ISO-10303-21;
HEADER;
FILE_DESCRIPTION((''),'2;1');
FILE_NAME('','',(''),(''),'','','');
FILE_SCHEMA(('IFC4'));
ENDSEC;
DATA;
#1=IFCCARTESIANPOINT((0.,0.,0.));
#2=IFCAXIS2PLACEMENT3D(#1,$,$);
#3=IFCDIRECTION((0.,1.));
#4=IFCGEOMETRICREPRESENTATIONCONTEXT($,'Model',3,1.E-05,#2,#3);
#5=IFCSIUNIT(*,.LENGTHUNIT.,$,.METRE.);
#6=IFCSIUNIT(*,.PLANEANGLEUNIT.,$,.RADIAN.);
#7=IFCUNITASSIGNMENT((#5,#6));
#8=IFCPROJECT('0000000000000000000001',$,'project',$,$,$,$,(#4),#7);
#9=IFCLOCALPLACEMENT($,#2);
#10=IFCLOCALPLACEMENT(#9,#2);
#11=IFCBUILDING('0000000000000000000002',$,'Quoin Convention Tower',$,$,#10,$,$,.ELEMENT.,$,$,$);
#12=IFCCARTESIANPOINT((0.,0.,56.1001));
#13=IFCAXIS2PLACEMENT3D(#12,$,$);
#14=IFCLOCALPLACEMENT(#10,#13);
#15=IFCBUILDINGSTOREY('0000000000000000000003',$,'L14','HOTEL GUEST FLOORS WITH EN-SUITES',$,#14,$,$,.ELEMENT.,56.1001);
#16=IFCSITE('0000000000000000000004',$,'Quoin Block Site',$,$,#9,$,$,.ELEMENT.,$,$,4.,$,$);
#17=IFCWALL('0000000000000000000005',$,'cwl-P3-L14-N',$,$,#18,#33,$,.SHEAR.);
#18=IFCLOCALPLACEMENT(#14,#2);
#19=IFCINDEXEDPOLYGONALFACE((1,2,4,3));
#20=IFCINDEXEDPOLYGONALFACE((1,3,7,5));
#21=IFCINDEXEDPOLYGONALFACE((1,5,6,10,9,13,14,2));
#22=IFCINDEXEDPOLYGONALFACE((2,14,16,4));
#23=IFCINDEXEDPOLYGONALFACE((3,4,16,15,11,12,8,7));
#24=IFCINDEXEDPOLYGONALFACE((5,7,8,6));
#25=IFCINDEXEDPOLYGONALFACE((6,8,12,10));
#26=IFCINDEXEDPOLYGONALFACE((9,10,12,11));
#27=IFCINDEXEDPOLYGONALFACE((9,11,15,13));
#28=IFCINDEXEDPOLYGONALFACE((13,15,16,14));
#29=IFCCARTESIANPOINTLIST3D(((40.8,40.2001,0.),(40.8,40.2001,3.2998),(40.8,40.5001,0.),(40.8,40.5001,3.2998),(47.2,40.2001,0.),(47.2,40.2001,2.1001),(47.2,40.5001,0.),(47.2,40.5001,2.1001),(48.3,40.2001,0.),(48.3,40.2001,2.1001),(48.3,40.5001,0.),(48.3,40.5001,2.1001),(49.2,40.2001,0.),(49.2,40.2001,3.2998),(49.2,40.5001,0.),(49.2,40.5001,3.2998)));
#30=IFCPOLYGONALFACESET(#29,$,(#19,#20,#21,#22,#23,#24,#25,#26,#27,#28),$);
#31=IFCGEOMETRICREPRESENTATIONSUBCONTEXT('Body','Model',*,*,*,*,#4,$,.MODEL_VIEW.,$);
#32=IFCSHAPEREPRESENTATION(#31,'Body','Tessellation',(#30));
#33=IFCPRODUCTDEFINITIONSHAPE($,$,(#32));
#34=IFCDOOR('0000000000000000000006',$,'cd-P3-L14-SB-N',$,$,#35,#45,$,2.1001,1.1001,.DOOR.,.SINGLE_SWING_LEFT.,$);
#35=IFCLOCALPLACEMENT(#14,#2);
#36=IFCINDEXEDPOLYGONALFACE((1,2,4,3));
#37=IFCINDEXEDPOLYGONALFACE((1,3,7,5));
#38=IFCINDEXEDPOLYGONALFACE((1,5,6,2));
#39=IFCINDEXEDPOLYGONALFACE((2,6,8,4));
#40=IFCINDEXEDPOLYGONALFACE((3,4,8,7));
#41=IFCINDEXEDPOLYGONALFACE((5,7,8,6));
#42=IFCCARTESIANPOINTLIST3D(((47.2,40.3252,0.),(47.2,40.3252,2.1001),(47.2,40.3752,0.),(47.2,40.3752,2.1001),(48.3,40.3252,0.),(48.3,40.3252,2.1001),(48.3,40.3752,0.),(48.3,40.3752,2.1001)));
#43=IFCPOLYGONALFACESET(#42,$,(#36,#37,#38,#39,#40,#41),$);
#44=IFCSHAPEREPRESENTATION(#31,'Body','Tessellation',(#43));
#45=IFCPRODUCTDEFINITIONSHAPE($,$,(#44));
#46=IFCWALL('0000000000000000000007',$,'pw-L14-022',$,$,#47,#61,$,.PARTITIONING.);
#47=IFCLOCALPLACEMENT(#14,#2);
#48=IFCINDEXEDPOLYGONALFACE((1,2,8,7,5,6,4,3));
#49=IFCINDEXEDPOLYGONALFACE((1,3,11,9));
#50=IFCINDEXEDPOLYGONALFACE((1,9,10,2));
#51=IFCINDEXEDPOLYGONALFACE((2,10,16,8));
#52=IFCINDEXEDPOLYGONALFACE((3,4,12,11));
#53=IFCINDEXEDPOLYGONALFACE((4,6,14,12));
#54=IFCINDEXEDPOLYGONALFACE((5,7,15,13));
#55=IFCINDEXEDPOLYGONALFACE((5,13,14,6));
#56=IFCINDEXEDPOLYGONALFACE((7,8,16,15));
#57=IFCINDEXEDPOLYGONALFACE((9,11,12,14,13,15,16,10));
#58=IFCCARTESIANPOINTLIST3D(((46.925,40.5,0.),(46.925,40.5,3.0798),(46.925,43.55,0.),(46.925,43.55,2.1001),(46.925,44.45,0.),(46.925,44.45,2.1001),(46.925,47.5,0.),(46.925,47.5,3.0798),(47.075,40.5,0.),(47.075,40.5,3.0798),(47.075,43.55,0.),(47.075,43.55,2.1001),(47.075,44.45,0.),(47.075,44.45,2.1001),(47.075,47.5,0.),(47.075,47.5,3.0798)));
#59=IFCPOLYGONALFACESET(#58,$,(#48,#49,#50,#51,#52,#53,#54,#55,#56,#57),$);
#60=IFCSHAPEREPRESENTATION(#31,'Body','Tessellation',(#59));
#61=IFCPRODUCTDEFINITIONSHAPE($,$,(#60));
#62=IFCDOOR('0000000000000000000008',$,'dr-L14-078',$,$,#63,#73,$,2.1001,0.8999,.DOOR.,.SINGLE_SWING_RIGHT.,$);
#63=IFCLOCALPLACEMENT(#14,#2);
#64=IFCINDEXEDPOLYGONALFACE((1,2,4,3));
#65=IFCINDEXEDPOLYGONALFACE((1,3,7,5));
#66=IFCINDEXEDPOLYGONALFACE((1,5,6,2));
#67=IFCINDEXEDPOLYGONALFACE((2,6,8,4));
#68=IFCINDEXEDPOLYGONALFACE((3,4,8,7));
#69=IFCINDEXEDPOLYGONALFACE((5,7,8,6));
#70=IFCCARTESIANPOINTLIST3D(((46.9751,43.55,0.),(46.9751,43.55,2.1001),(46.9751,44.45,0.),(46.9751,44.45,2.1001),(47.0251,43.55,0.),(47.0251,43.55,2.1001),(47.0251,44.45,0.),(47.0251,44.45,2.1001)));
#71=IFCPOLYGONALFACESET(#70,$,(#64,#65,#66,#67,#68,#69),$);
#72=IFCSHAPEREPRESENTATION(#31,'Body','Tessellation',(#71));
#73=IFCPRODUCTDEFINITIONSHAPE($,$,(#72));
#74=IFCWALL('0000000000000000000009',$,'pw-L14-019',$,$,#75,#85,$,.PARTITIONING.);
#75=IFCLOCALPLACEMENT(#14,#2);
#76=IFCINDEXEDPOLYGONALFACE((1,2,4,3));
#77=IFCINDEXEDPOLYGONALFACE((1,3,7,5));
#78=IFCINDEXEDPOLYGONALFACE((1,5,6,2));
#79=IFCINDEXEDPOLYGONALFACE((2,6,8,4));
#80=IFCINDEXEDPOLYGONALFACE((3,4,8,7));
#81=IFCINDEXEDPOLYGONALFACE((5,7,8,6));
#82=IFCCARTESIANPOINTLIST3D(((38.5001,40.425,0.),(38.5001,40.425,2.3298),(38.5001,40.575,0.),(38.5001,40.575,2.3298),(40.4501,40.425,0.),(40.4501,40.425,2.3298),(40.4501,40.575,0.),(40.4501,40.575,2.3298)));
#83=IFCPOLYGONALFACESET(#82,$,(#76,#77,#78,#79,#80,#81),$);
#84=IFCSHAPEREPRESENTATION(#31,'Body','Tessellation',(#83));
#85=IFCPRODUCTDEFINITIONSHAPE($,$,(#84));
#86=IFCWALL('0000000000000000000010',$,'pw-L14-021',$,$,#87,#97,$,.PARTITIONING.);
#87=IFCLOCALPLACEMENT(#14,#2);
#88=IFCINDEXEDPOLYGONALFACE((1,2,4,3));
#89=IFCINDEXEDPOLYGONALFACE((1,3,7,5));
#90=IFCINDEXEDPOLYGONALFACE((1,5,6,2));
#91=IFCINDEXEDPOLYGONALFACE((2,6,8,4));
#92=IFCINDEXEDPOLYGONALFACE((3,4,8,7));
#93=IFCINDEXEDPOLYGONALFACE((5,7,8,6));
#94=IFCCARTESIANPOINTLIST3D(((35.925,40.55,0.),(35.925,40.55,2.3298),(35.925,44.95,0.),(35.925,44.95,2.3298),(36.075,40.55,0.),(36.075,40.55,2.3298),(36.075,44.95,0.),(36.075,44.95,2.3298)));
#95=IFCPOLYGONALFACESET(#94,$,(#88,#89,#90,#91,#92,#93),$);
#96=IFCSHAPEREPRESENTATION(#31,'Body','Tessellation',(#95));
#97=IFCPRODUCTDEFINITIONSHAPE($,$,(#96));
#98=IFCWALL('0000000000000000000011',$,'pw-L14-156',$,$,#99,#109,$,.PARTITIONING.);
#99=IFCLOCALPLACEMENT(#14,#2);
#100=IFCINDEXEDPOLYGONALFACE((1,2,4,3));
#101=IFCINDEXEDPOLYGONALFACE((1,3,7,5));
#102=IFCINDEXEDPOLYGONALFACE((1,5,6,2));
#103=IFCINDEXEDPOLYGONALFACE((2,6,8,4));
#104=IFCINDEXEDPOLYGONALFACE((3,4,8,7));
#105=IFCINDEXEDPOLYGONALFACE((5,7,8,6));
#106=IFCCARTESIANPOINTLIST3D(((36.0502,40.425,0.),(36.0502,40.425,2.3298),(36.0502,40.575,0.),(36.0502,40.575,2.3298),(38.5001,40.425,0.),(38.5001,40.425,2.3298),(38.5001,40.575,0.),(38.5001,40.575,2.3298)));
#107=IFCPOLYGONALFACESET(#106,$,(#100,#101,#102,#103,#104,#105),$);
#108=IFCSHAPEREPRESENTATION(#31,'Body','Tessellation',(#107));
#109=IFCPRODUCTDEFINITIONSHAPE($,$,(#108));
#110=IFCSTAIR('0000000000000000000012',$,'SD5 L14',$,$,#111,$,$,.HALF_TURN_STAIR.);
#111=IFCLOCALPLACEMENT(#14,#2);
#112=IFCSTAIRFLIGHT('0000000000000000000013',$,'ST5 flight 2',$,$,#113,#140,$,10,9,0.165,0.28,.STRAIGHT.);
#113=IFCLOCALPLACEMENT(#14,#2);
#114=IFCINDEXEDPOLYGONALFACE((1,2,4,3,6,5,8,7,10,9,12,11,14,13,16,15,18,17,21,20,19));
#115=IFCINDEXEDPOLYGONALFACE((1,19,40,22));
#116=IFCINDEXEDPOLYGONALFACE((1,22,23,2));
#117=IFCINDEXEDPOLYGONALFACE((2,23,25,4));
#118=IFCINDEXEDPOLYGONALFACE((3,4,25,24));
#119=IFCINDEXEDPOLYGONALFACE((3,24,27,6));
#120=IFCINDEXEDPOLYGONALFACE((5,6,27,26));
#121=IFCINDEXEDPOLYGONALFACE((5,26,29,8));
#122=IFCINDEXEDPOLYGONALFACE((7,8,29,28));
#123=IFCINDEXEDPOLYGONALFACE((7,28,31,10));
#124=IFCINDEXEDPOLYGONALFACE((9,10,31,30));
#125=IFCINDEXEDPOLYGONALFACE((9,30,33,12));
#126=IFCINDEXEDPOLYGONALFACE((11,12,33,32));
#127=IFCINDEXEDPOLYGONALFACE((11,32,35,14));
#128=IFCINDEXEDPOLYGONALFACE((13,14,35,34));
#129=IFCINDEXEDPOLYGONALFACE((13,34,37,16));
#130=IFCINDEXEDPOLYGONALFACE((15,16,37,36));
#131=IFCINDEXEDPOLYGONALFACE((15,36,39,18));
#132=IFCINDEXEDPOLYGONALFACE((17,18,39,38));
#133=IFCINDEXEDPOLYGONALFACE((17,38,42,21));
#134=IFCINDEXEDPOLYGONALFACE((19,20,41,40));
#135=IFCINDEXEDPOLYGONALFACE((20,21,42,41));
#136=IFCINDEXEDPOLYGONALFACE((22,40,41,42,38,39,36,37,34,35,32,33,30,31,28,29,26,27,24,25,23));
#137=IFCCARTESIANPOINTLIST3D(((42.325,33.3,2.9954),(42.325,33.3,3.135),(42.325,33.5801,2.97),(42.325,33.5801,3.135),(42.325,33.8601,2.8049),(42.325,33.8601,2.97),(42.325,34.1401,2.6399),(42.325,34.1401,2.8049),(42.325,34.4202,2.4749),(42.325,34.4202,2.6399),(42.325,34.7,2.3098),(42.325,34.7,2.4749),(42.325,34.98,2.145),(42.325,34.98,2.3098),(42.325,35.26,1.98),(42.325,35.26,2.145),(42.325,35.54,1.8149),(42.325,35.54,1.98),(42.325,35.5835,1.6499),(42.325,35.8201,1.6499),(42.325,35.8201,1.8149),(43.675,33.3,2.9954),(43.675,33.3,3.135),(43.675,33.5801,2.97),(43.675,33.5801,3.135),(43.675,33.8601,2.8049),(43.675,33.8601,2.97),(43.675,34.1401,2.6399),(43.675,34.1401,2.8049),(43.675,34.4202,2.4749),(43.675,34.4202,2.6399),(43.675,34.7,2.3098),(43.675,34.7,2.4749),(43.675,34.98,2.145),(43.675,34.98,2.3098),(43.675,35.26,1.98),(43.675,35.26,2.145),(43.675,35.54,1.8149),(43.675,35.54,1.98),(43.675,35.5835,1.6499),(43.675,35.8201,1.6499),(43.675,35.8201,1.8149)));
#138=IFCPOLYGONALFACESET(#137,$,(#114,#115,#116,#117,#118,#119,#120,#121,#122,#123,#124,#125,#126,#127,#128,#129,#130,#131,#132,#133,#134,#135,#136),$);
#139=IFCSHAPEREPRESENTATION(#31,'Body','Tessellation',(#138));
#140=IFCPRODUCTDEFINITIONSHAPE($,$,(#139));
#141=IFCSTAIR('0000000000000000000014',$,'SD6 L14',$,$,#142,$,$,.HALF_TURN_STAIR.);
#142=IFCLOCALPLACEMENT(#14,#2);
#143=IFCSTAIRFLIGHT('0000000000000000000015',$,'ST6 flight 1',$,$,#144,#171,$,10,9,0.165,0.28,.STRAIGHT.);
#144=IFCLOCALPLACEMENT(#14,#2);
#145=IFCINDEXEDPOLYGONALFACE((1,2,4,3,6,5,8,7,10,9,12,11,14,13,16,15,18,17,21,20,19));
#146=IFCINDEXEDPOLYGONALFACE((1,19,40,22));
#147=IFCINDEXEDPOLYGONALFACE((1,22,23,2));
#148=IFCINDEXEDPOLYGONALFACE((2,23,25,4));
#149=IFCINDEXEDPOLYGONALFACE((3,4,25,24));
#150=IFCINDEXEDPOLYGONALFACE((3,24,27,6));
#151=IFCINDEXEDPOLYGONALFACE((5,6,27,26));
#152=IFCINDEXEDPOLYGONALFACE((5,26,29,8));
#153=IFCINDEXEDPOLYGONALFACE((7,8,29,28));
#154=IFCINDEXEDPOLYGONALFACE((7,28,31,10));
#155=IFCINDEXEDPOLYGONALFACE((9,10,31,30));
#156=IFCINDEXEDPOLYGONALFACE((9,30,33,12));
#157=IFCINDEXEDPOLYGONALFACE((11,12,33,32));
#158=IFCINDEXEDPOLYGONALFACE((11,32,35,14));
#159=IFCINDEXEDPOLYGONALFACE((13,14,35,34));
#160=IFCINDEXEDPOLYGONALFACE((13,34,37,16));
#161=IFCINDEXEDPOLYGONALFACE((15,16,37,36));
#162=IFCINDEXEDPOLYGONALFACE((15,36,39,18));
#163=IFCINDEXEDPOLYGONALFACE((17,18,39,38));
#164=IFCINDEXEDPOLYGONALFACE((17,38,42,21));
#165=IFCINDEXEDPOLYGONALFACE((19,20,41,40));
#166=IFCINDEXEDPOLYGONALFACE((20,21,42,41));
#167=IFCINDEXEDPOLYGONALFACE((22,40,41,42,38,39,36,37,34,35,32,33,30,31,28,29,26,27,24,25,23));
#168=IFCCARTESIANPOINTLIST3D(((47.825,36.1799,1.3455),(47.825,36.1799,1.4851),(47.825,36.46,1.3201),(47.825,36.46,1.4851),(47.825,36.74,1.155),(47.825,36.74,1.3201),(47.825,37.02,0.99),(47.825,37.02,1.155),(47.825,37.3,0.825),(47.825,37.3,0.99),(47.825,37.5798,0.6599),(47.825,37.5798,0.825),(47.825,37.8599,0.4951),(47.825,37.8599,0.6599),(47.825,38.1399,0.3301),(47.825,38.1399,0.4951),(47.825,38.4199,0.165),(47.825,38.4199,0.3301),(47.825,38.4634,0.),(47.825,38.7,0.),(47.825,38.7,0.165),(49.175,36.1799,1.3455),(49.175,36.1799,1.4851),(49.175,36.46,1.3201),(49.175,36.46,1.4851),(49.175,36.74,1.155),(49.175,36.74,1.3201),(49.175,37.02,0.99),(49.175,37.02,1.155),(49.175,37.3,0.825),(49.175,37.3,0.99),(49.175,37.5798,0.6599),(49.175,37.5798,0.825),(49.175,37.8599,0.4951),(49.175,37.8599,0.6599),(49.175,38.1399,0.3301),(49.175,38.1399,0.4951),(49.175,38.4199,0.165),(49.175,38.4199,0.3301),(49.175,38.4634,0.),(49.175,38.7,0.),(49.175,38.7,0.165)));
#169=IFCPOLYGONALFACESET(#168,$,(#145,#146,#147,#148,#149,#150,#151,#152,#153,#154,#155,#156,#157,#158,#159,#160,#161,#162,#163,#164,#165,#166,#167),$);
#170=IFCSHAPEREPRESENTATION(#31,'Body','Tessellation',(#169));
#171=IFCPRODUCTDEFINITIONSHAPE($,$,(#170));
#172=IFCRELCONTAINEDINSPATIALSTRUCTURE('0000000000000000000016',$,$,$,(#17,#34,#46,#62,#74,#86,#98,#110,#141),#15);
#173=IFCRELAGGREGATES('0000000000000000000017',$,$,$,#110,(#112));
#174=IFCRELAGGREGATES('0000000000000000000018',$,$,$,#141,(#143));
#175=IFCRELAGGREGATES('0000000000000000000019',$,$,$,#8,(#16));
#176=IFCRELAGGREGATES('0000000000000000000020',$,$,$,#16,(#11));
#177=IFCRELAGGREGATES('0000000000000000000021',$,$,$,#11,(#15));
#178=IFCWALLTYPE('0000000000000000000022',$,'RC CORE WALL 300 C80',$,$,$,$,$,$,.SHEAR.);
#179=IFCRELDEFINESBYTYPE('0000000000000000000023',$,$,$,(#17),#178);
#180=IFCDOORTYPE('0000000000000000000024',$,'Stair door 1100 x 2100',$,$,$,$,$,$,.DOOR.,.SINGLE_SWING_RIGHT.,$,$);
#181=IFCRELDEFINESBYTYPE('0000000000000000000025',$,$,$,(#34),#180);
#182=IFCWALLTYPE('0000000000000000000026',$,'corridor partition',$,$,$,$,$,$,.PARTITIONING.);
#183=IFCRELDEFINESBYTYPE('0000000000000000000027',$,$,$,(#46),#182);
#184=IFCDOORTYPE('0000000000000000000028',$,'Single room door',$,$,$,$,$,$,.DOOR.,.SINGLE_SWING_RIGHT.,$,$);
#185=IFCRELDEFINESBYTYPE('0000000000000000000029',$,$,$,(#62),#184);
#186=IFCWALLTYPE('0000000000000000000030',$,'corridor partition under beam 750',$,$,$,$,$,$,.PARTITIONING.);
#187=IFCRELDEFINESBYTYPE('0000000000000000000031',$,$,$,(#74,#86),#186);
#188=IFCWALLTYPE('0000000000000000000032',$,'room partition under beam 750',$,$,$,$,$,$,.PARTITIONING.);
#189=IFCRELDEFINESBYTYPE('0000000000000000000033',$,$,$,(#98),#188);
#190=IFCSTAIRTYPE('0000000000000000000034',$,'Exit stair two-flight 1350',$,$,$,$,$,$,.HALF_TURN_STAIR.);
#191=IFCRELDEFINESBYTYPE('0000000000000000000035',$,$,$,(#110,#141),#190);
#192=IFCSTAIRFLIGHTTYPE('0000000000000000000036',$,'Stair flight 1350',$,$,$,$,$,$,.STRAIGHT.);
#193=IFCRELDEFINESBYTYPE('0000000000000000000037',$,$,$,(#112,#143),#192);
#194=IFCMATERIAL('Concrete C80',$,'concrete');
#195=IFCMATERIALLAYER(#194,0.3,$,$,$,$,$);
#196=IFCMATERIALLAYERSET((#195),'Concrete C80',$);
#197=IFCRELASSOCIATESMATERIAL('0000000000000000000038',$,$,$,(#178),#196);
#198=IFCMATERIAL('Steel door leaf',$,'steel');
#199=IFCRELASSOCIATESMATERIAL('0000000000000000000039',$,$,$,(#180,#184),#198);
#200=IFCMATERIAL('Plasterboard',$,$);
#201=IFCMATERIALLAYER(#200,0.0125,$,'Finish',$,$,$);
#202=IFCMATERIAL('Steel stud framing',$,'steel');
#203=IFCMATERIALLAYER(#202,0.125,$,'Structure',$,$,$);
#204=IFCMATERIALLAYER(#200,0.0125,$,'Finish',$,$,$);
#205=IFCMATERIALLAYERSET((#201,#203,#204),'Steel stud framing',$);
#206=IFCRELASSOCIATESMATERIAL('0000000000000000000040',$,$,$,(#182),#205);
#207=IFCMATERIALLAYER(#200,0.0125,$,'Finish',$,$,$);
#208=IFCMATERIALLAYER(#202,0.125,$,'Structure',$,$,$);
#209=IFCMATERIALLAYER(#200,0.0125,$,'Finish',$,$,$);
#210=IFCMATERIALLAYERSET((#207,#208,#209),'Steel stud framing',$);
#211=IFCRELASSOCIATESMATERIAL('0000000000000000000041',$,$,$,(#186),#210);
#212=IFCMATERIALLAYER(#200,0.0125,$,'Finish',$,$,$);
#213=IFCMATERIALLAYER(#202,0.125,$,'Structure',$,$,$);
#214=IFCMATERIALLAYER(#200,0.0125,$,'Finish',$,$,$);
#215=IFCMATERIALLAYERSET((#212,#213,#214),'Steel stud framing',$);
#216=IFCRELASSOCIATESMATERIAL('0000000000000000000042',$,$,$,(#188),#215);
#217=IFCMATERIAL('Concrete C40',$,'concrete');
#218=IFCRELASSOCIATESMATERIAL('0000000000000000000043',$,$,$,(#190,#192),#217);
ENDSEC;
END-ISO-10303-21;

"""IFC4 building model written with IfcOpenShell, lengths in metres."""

from ifc_helpers import new_model, si_unit, direction, frame, frame_2d, origin, place, context, subcontext, project, spatial, polyline, rectangle, outline, extrude, material, layer, layer_set, type_object, element, fill, aggregate, save


model = new_model("IFC4")

# Units and contexts
model_context = context("Model", 3, precision=1e-05, world=origin(), true_north=direction((0.0, 1.0)))
body_context = subcontext(model_context, "Body", "Model", "MODEL_VIEW")
ifc_project = project(units=[si_unit("LENGTHUNIT", "METRE"), si_unit("PLANEANGLEUNIT", "RADIAN")], contexts=[model_context])

# Site, building, storey
site_placement = place(None, origin())
site = spatial("IfcSite", under=ifc_project, at=site_placement, Name="Quoin Block Site", CompositionType="ELEMENT", RefElevation=4.0)
building_placement = place(site_placement, origin())
building = spatial("IfcBuilding", under=site, at=building_placement, Name="Quoin Convention Tower", CompositionType="ELEMENT")
storey_placement = place(building_placement, frame((0.0, 0.0, 56.1001)))
storey = spatial("IfcBuildingStorey", under=building, at=storey_placement, Name="L14", Description="HOTEL GUEST FLOORS WITH EN-SUITES", CompositionType="ELEMENT", Elevation=56.1001)

# Shared definitions
ifc_material_1 = material(Name="Concrete C80", Category="concrete")

# Walls, openings, doors
ifc_layer_1 = layer(ifc_material_1, 0.3)
ifc_layer_set_1 = layer_set([ifc_layer_1], Name="Concrete C80")
wall_type_1 = type_object("IfcWallType", Name="RC CORE WALL 300 C80", PredefinedType="SHEAR", material=ifc_layer_set_1)
wall_1_placement = place(storey_placement, frame((40.8, 40.3501, 0.0), z_axis=(0.0, 0.0, 1.0), x_axis=(1.0, 0.0, 0.0)))
wall_1 = element("IfcWall", 1, at=wall_1_placement, inside=storey, type_object=wall_type_1, Name="cwl-P3-L14-N", PredefinedType="SHEAR", context=body_context, shape_type="SweptSolid", body=[
    extrude(rectangle(XDim=8.3999, YDim=0.3, at=frame_2d((4.2, 0.0))), origin(), (0.0, 0.0, 1.0), 3.2998),
])
opening_1_placement = place(wall_1_placement, frame((6.3999, 0.0, 0.0)))
opening_1 = element("IfcOpeningElement", 2, at=opening_1_placement, cuts=wall_1, PredefinedType="OPENING", context=body_context, shape_type="SweptSolid", body=[
    extrude(rectangle(XDim=1.1001, YDim=2.1001, at=frame_2d((0.55, 1.05))), frame((0.0, 0.1599, 0.0), z_axis=(0.0, -1.0, 0.0), x_axis=(1.0, 0.0, 0.0)), (0.0, 0.0, 1.0), 0.3201),
])
ifc_material_2 = material(Name="Steel door leaf", Category="steel")
door_type_1 = type_object("IfcDoorType", Name="Stair door 1100 x 2100", OperationType="SINGLE_SWING_RIGHT", PredefinedType="DOOR", material=ifc_material_2)
door_1_placement = place(opening_1_placement, frame((1.1001, 0.0, 0.0), z_axis=(0.0, 0.0, 1.0), x_axis=(-1.0, 0.0, 0.0)))
door_1 = element("IfcDoor", 3, at=door_1_placement, inside=storey, type_object=door_type_1, Name="cd-P3-L14-SB-N", OperationType="SINGLE_SWING_LEFT", OverallHeight=2.1001, OverallWidth=1.1001, PredefinedType="DOOR", context=body_context, shape_type="SweptSolid", body=[
    extrude(rectangle(XDim=1.1001, YDim=2.1001, at=frame_2d((0.55, 1.05))), frame((0.0, 0.0249, 0.0), z_axis=(0.0, -1.0, 0.0), x_axis=(1.0, 0.0, 0.0)), (0.0, 0.0, 1.0), 0.05),
])
fill(opening_1, door_1)
ifc_material_3 = material(Name="Plasterboard")
ifc_layer_2 = layer(ifc_material_3, 0.0125, Name="Finish")
ifc_material_4 = material(Name="Steel stud framing", Category="steel")
ifc_layer_3 = layer(ifc_material_4, 0.125, Name="Structure")
ifc_layer_4 = layer(ifc_material_3, 0.0125, Name="Finish")
ifc_layer_set_2 = layer_set([ifc_layer_2, ifc_layer_3, ifc_layer_4], Name="Steel stud framing")
wall_type_2 = type_object("IfcWallType", Name="corridor partition", PredefinedType="PARTITIONING", material=ifc_layer_set_2)
wall_2_placement = place(storey_placement, frame((47.0, 40.5, 0.0), z_axis=(0.0, 0.0, 1.0), x_axis=(0.0, 1.0, 0.0)))
wall_2 = element("IfcWall", 4, at=wall_2_placement, inside=storey, type_object=wall_type_2, Name="pw-L14-022", PredefinedType="PARTITIONING", context=body_context, shape_type="SweptSolid", body=[
    extrude(rectangle(XDim=7.0, YDim=0.1499, at=frame_2d((3.5, 0.0))), origin(), (0.0, 0.0, 1.0), 3.0798),
])
opening_2_placement = place(wall_2_placement, frame((3.05, 0.0, 0.0)))
opening_2 = element("IfcOpeningElement", 5, at=opening_2_placement, cuts=wall_2, PredefinedType="OPENING", context=body_context, shape_type="SweptSolid", body=[
    extrude(rectangle(XDim=0.8999, YDim=2.1001, at=frame_2d((0.45, 1.05))), frame((0.0, 0.085, 0.0), z_axis=(0.0, -1.0, 0.0), x_axis=(1.0, 0.0, 0.0)), (0.0, 0.0, 1.0), 0.1699),
])
door_type_2 = type_object("IfcDoorType", Name="Single room door", OperationType="SINGLE_SWING_RIGHT", PredefinedType="DOOR", material=ifc_material_2)
door_2_placement = place(opening_2_placement, origin())
door_2 = element("IfcDoor", 6, at=door_2_placement, inside=storey, type_object=door_type_2, Name="dr-L14-078", OperationType="SINGLE_SWING_RIGHT", OverallHeight=2.1001, OverallWidth=0.8999, PredefinedType="DOOR", context=body_context, shape_type="SweptSolid", body=[
    extrude(rectangle(XDim=0.8999, YDim=2.1001, at=frame_2d((0.45, 1.05))), frame((0.0, 0.0249, 0.0), z_axis=(0.0, -1.0, 0.0), x_axis=(1.0, 0.0, 0.0)), (0.0, 0.0, 1.0), 0.05),
])
fill(opening_2, door_2)

# Walls
ifc_layer_5 = layer(ifc_material_3, 0.0125, Name="Finish")
ifc_layer_6 = layer(ifc_material_4, 0.125, Name="Structure")
ifc_layer_7 = layer(ifc_material_3, 0.0125, Name="Finish")
ifc_layer_set_3 = layer_set([ifc_layer_5, ifc_layer_6, ifc_layer_7], Name="Steel stud framing")
wall_type_3 = type_object("IfcWallType", Name="corridor partition under beam 750", PredefinedType="PARTITIONING", material=ifc_layer_set_3)
wall_3_placement = place(storey_placement, frame((38.5, 40.5, 0.0), z_axis=(0.0, 0.0, 1.0), x_axis=(1.0, 0.0, 0.0)))
element("IfcWall", 7, at=wall_3_placement, inside=storey, type_object=wall_type_3, Name="pw-L14-019", PredefinedType="PARTITIONING", context=body_context, shape_type="SweptSolid", body=[
    extrude(rectangle(XDim=1.95, YDim=0.1499, at=frame_2d((0.9751, 0.0))), origin(), (0.0, 0.0, 1.0), 2.3298),
])
wall_4_placement = place(storey_placement, frame((36.0, 40.55, 0.0), z_axis=(0.0, 0.0, 1.0), x_axis=(0.0, 1.0, 0.0)))
element("IfcWall", 8, at=wall_4_placement, inside=storey, type_object=wall_type_3, Name="pw-L14-021", PredefinedType="PARTITIONING", context=body_context, shape_type="SweptSolid", body=[
    extrude(rectangle(XDim=4.3999, YDim=0.1499, at=frame_2d((2.2, 0.0))), origin(), (0.0, 0.0, 1.0), 2.3298),
])
ifc_layer_8 = layer(ifc_material_3, 0.0125, Name="Finish")
ifc_layer_9 = layer(ifc_material_4, 0.125, Name="Structure")
ifc_layer_10 = layer(ifc_material_3, 0.0125, Name="Finish")
ifc_layer_set_4 = layer_set([ifc_layer_8, ifc_layer_9, ifc_layer_10], Name="Steel stud framing")
wall_type_4 = type_object("IfcWallType", Name="room partition under beam 750", PredefinedType="PARTITIONING", material=ifc_layer_set_4)
wall_5_placement = place(storey_placement, frame((36.05, 40.5, 0.0), z_axis=(0.0, 0.0, 1.0), x_axis=(1.0, 0.0, 0.0)))
element("IfcWall", 9, at=wall_5_placement, inside=storey, type_object=wall_type_4, Name="pw-L14-156", PredefinedType="PARTITIONING", context=body_context, shape_type="SweptSolid", body=[
    extrude(rectangle(XDim=2.45, YDim=0.1499, at=frame_2d((1.2251, 0.0))), origin(), (0.0, 0.0, 1.0), 2.3298),
])

# Stair, stair flight
ifc_material_5 = material(Name="Concrete C40", Category="concrete")
stair_type = type_object("IfcStairType", Name="Exit stair two-flight 1350", PredefinedType="HALF_TURN_STAIR", material=ifc_material_5)
stair_1_placement = place(storey_placement, origin())
stair_1 = element("IfcStair", 10, at=stair_1_placement, inside=storey, type_object=stair_type, Name="SD5 L14", PredefinedType="HALF_TURN_STAIR")
stair_flight_type = type_object("IfcStairFlightType", Name="Stair flight 1350", PredefinedType="STRAIGHT", material=ifc_material_5)
stair_flight_1_placement = place(storey_placement, frame((43.0, 35.8201, 1.6499), z_axis=(0.0, 0.0, 1.0), x_axis=(0.0, -1.0, 0.0)))
stair_flight_1 = element("IfcStairFlight", 11, at=stair_flight_1_placement, type_object=stair_flight_type, Name="ST5 flight 2", NumberOfRisers=10, NumberOfTreads=9, PredefinedType="STRAIGHT", RiserHeight=0.165, TreadLength=0.28, context=body_context, shape_type="SweptSolid", body=[
    extrude(outline(polyline([(0.0, 0.0), (0.0, 0.165), (0.28, 0.165), (0.28, 0.3301), (0.5601, 0.3301), (0.5601, 0.4951), (0.8401, 0.4951), (0.8401, 0.6599), (1.1201, 0.6599), (1.1201, 0.825), (1.3999, 0.825), (1.3999, 0.99), (1.6799, 0.99), (1.6799, 1.155), (1.96, 1.155), (1.96, 1.3201), (2.24, 1.3201), (2.24, 1.4851), (2.52, 1.4851), (2.52, 1.6499), (2.52, 1.3455), (0.2366, 0.0), (0.0, 0.0)])), frame((0.0, 0.675, 0.0), z_axis=(0.0, -1.0, 0.0), x_axis=(1.0, 0.0, 0.0)), (0.0, 0.0, 1.0), 1.3501),
])
aggregate(stair_1, [stair_flight_1])

# Stair, stair flight
stair_2_placement = place(storey_placement, origin())
stair_2 = element("IfcStair", 12, at=stair_2_placement, inside=storey, type_object=stair_type, Name="SD6 L14", PredefinedType="HALF_TURN_STAIR")
stair_flight_2_placement = place(storey_placement, frame((48.5, 38.7, 0.0), z_axis=(0.0, 0.0, 1.0), x_axis=(0.0, -1.0, 0.0)))
stair_flight_2 = element("IfcStairFlight", 13, at=stair_flight_2_placement, type_object=stair_flight_type, Name="ST6 flight 1", NumberOfRisers=10, NumberOfTreads=9, PredefinedType="STRAIGHT", RiserHeight=0.165, TreadLength=0.28, context=body_context, shape_type="SweptSolid", body=[
    extrude(outline(polyline([(0.0, 0.0), (0.0, 0.165), (0.28, 0.165), (0.28, 0.3301), (0.5601, 0.3301), (0.5601, 0.4951), (0.8401, 0.4951), (0.8401, 0.6599), (1.1201, 0.6599), (1.1201, 0.825), (1.3999, 0.825), (1.3999, 0.99), (1.6799, 0.99), (1.6799, 1.155), (1.96, 1.155), (1.96, 1.3201), (2.24, 1.3201), (2.24, 1.4851), (2.52, 1.4851), (2.52, 1.6499), (2.52, 1.3455), (0.2366, 0.0), (0.0, 0.0)])), frame((0.0, 0.675, 0.0), z_axis=(0.0, -1.0, 0.0), x_axis=(1.0, 0.0, 0.0)), (0.0, 0.0, 1.0), 1.3501),
])
aggregate(stair_2, [stair_flight_2])

save(model, "model.ifc")
